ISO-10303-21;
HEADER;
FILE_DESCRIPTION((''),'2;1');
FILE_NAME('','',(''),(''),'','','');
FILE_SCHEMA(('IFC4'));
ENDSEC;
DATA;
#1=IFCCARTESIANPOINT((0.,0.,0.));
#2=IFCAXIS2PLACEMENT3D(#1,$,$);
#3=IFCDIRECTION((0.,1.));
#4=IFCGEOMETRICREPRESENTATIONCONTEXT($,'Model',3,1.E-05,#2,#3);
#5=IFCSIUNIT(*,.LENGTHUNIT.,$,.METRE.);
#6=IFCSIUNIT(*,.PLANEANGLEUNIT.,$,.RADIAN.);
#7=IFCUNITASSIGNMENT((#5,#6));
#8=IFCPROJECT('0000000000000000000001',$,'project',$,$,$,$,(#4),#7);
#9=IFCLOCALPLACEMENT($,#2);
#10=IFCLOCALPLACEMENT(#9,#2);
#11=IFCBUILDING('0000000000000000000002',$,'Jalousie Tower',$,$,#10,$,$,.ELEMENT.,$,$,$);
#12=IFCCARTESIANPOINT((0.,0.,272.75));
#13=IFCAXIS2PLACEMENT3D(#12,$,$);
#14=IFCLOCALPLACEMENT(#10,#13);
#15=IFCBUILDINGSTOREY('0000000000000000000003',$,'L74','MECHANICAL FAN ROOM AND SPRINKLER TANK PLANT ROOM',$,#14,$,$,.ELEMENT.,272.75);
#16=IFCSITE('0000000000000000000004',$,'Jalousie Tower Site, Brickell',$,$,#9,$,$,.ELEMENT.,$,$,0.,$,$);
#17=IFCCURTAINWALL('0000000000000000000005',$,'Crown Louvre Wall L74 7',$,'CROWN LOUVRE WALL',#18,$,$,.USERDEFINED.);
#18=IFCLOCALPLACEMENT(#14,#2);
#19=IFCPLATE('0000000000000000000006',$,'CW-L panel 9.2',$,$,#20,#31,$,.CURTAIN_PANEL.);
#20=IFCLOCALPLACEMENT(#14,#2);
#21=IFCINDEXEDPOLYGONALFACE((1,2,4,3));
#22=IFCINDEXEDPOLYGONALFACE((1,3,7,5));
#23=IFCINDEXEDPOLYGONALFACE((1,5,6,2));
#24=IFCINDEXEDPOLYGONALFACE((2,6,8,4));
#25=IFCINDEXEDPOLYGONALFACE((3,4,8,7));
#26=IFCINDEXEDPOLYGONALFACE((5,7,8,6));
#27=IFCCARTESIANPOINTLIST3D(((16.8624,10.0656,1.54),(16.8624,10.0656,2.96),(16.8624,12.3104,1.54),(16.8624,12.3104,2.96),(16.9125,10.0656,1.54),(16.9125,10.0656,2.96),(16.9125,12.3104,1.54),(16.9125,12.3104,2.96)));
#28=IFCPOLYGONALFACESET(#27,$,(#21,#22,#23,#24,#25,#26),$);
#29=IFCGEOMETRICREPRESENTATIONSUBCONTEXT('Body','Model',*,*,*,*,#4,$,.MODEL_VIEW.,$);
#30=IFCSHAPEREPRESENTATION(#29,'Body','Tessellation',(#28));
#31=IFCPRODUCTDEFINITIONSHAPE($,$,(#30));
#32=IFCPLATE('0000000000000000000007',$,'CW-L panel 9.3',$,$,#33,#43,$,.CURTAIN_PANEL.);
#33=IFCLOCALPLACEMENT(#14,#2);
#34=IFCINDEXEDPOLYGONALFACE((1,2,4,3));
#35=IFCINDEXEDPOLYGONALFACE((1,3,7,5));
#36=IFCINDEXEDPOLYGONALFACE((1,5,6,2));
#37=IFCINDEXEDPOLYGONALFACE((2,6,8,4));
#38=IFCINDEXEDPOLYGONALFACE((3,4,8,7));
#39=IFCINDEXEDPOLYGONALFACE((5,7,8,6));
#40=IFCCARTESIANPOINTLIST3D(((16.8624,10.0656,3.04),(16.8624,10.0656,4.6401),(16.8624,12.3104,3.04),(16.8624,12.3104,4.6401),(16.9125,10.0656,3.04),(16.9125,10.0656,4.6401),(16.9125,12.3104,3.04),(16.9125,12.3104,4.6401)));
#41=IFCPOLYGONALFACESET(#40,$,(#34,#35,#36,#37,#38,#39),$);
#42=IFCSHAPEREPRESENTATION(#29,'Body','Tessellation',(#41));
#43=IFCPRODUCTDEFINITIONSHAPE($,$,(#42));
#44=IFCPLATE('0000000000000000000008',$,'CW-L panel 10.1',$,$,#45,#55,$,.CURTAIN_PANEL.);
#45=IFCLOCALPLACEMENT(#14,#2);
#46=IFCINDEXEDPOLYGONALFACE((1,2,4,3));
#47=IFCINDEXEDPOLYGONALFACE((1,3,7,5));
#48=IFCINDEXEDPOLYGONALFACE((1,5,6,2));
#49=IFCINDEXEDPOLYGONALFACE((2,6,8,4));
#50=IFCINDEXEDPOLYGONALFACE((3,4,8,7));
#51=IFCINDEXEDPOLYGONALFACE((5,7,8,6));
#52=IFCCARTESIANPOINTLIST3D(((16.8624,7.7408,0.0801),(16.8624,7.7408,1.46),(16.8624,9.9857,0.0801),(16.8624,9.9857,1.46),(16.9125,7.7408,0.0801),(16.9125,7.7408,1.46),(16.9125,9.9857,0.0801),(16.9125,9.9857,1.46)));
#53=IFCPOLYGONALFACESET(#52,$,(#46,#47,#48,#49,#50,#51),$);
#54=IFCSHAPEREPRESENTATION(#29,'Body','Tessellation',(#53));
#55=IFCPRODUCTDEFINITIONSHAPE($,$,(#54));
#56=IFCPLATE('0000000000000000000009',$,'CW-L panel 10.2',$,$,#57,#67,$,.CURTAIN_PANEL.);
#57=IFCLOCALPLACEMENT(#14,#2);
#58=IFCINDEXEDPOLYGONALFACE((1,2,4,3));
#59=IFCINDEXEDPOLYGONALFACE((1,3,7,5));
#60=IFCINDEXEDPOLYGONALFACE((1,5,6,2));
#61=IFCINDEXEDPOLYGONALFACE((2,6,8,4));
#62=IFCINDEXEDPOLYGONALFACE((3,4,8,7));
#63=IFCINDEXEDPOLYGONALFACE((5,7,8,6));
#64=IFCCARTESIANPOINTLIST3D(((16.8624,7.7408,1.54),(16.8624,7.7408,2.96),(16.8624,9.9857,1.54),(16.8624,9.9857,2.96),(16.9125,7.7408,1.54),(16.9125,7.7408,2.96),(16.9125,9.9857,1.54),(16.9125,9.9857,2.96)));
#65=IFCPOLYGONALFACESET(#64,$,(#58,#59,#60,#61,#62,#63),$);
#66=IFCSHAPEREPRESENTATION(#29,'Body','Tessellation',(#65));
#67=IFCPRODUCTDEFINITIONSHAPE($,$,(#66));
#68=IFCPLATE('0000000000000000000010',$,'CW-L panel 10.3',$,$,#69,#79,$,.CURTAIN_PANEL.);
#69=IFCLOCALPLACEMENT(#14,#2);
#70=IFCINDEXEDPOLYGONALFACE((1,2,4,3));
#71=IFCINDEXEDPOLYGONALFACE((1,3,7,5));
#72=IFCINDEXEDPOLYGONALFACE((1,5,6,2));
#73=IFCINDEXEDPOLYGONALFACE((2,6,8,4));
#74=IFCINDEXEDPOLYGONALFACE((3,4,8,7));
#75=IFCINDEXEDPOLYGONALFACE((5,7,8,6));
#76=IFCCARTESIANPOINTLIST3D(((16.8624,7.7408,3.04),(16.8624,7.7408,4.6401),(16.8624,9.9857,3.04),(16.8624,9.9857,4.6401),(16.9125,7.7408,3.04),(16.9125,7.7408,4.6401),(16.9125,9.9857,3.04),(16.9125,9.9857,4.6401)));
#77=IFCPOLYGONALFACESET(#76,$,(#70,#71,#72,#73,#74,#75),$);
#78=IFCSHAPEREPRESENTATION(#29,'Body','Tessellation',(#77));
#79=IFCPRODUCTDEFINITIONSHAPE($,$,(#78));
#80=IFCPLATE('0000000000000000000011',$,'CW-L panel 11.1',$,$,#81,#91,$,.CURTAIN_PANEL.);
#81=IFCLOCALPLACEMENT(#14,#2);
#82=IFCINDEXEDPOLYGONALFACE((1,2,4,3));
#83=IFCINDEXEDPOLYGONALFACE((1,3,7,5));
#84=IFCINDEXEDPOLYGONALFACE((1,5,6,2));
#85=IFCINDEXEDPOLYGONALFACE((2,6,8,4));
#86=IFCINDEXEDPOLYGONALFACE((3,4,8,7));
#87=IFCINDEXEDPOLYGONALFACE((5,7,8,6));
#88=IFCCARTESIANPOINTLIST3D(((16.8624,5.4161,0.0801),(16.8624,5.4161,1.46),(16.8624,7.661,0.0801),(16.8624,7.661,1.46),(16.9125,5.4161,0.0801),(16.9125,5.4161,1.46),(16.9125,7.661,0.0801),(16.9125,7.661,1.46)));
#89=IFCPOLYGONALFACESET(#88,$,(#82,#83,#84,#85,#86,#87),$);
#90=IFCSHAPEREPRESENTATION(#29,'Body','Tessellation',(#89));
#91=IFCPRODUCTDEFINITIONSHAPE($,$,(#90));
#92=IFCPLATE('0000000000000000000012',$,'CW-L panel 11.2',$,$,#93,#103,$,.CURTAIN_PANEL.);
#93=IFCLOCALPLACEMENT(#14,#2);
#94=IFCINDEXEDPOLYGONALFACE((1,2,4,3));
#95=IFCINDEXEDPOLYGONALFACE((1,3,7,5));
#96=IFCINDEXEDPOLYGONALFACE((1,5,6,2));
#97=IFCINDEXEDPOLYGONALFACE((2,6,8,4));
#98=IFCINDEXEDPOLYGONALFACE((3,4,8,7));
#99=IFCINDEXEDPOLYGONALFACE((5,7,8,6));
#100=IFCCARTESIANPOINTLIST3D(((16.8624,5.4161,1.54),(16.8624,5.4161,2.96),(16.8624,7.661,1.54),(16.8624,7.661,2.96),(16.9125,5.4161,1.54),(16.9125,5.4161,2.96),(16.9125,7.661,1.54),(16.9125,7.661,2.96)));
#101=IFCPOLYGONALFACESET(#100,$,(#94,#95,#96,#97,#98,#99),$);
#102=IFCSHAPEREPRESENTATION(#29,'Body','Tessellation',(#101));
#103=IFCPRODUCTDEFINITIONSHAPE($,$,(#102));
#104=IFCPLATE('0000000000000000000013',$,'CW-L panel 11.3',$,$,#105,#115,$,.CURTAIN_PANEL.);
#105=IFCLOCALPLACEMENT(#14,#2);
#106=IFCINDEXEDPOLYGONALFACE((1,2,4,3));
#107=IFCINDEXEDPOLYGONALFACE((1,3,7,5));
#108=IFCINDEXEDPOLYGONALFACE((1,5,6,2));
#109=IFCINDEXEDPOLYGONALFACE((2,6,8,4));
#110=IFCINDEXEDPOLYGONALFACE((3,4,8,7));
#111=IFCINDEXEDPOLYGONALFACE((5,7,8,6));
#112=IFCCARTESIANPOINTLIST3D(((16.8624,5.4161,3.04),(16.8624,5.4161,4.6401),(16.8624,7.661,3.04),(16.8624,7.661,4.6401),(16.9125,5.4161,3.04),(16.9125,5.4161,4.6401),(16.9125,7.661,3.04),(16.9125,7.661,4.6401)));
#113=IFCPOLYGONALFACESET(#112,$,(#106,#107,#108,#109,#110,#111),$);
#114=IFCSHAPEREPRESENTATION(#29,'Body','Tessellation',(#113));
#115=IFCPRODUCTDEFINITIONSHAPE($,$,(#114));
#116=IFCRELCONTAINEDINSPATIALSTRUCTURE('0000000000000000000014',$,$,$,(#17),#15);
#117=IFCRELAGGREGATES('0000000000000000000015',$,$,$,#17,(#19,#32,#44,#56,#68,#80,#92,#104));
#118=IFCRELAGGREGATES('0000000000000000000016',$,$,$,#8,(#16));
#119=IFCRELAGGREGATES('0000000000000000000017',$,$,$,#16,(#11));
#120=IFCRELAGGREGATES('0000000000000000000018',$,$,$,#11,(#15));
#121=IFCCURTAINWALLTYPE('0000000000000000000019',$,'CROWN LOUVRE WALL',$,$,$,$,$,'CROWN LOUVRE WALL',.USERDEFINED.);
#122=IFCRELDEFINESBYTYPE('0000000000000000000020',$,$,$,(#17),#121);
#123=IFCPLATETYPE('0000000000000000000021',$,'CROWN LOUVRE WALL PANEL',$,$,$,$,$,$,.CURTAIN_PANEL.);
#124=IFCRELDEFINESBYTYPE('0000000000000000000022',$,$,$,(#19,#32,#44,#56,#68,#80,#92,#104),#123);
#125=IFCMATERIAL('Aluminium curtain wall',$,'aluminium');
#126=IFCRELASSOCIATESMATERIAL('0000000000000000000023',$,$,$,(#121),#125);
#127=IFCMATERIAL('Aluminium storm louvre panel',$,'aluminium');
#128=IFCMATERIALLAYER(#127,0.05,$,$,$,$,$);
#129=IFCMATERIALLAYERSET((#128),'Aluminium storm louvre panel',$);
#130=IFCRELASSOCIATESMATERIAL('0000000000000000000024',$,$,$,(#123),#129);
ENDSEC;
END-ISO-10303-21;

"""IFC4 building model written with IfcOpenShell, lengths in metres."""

from ifc_helpers import new_model, si_unit, direction, frame, origin, origin_2d, place, context, subcontext, project, spatial, rectangle, extrude, material, layer, layer_set, type_object, element, aggregate, save


model = new_model("IFC4")

# Units and contexts
model_context = context("Model", 3, precision=1e-05, world=origin(), true_north=direction((0.0, 1.0)))
body_context = subcontext(model_context, "Body", "Model", "MODEL_VIEW")
ifc_project = project(units=[si_unit("LENGTHUNIT", "METRE"), si_unit("PLANEANGLEUNIT", "RADIAN")], contexts=[model_context])

# Site, building, storey
site_placement = place(None, origin())
site = spatial("IfcSite", under=ifc_project, at=site_placement, Name="Jalousie Tower Site, Brickell", CompositionType="ELEMENT", RefElevation=0.0)
building_placement = place(site_placement, origin())
building = spatial("IfcBuilding", under=site, at=building_placement, Name="Jalousie Tower", CompositionType="ELEMENT")
storey_placement = place(building_placement, frame((0.0, 0.0, 272.75)))
storey = spatial("IfcBuildingStorey", under=building, at=storey_placement, Name="L74", Description="MECHANICAL FAN ROOM AND SPRINKLER TANK PLANT ROOM", CompositionType="ELEMENT", Elevation=272.75)

# Curtain wall, plates
ifc_material_1 = material(Name="Aluminium curtain wall", Category="aluminium")
curtain_wall_type = type_object("IfcCurtainWallType", Name="CROWN LOUVRE WALL", ElementType="CROWN LOUVRE WALL", PredefinedType="USERDEFINED", material=ifc_material_1)
curtain_wall_placement = place(storey_placement, origin())
curtain_wall = element("IfcCurtainWall", 1, at=curtain_wall_placement, inside=storey, type_object=curtain_wall_type, Name="Crown Louvre Wall L74 7", ObjectType="CROWN LOUVRE WALL", PredefinedType="USERDEFINED")
ifc_material_2 = material(Name="Aluminium storm louvre panel", Category="aluminium")
ifc_layer = layer(ifc_material_2, 0.05)
ifc_layer_set = layer_set([ifc_layer], Name="Aluminium storm louvre panel")
plate_type = type_object("IfcPlateType", Name="CROWN LOUVRE WALL PANEL", PredefinedType="CURTAIN_PANEL", material=ifc_layer_set)
plate_1_placement = place(storey_placement, frame((16.8875, 11.188, 1.54), z_axis=(0.0, 0.0, 1.0), x_axis=(0.0, -1.0, 0.0)))
plate_1 = element("IfcPlate", 2, at=plate_1_placement, type_object=plate_type, Name="CW-L panel 9.2", PredefinedType="CURTAIN_PANEL", context=body_context, shape_type="SweptSolid", body=[
    extrude(rectangle(XDim=2.2449, YDim=0.05, at=origin_2d()), origin(), (0.0, 0.0, 1.0), 1.4199),
])
plate_2_placement = place(storey_placement, frame((16.8875, 11.188, 3.04), z_axis=(0.0, 0.0, 1.0), x_axis=(0.0, -1.0, 0.0)))
plate_2 = element("IfcPlate", 3, at=plate_2_placement, type_object=plate_type, Name="CW-L panel 9.3", PredefinedType="CURTAIN_PANEL", context=body_context, shape_type="SweptSolid", body=[
    extrude(rectangle(XDim=2.2449, YDim=0.05, at=origin_2d()), origin(), (0.0, 0.0, 1.0), 1.6001),
])
plate_3_placement = place(storey_placement, frame((16.8875, 8.8633, 0.0801), z_axis=(0.0, 0.0, 1.0), x_axis=(0.0, -1.0, 0.0)))
plate_3 = element("IfcPlate", 4, at=plate_3_placement, type_object=plate_type, Name="CW-L panel 10.1", PredefinedType="CURTAIN_PANEL", context=body_context, shape_type="SweptSolid", body=[
    extrude(rectangle(XDim=2.2449, YDim=0.05, at=origin_2d()), origin(), (0.0, 0.0, 1.0), 1.3799),
])
plate_4_placement = place(storey_placement, frame((16.8875, 8.8633, 1.54), z_axis=(0.0, 0.0, 1.0), x_axis=(0.0, -1.0, 0.0)))
plate_4 = element("IfcPlate", 5, at=plate_4_placement, type_object=plate_type, Name="CW-L panel 10.2", PredefinedType="CURTAIN_PANEL", context=body_context, shape_type="SweptSolid", body=[
    extrude(rectangle(XDim=2.2449, YDim=0.05, at=origin_2d()), origin(), (0.0, 0.0, 1.0), 1.4199),
])
plate_5_placement = place(storey_placement, frame((16.8875, 8.8633, 3.04), z_axis=(0.0, 0.0, 1.0), x_axis=(0.0, -1.0, 0.0)))
plate_5 = element("IfcPlate", 6, at=plate_5_placement, type_object=plate_type, Name="CW-L panel 10.3", PredefinedType="CURTAIN_PANEL", context=body_context, shape_type="SweptSolid", body=[
    extrude(rectangle(XDim=2.2449, YDim=0.05, at=origin_2d()), origin(), (0.0, 0.0, 1.0), 1.6001),
])
plate_6_placement = place(storey_placement, frame((16.8875, 6.5386, 0.0801), z_axis=(0.0, 0.0, 1.0), x_axis=(0.0, -1.0, 0.0)))
plate_6 = element("IfcPlate", 7, at=plate_6_placement, type_object=plate_type, Name="CW-L panel 11.1", PredefinedType="CURTAIN_PANEL", context=body_context, shape_type="SweptSolid", body=[
    extrude(rectangle(XDim=2.2449, YDim=0.05, at=origin_2d()), origin(), (0.0, 0.0, 1.0), 1.3799),
])
plate_7_placement = place(storey_placement, frame((16.8875, 6.5386, 1.54), z_axis=(0.0, 0.0, 1.0), x_axis=(0.0, -1.0, 0.0)))
plate_7 = element("IfcPlate", 8, at=plate_7_placement, type_object=plate_type, Name="CW-L panel 11.2", PredefinedType="CURTAIN_PANEL", context=body_context, shape_type="SweptSolid", body=[
    extrude(rectangle(XDim=2.2449, YDim=0.05, at=origin_2d()), origin(), (0.0, 0.0, 1.0), 1.4199),
])
plate_8_placement = place(storey_placement, frame((16.8875, 6.5386, 3.04), z_axis=(0.0, 0.0, 1.0), x_axis=(0.0, -1.0, 0.0)))
plate_8 = element("IfcPlate", 9, at=plate_8_placement, type_object=plate_type, Name="CW-L panel 11.3", PredefinedType="CURTAIN_PANEL", context=body_context, shape_type="SweptSolid", body=[
    extrude(rectangle(XDim=2.2449, YDim=0.05, at=origin_2d()), origin(), (0.0, 0.0, 1.0), 1.6001),
])
aggregate(curtain_wall, [plate_1, plate_2, plate_3, plate_4, plate_5, plate_6, plate_7, plate_8])

save(model, "model.ifc")
